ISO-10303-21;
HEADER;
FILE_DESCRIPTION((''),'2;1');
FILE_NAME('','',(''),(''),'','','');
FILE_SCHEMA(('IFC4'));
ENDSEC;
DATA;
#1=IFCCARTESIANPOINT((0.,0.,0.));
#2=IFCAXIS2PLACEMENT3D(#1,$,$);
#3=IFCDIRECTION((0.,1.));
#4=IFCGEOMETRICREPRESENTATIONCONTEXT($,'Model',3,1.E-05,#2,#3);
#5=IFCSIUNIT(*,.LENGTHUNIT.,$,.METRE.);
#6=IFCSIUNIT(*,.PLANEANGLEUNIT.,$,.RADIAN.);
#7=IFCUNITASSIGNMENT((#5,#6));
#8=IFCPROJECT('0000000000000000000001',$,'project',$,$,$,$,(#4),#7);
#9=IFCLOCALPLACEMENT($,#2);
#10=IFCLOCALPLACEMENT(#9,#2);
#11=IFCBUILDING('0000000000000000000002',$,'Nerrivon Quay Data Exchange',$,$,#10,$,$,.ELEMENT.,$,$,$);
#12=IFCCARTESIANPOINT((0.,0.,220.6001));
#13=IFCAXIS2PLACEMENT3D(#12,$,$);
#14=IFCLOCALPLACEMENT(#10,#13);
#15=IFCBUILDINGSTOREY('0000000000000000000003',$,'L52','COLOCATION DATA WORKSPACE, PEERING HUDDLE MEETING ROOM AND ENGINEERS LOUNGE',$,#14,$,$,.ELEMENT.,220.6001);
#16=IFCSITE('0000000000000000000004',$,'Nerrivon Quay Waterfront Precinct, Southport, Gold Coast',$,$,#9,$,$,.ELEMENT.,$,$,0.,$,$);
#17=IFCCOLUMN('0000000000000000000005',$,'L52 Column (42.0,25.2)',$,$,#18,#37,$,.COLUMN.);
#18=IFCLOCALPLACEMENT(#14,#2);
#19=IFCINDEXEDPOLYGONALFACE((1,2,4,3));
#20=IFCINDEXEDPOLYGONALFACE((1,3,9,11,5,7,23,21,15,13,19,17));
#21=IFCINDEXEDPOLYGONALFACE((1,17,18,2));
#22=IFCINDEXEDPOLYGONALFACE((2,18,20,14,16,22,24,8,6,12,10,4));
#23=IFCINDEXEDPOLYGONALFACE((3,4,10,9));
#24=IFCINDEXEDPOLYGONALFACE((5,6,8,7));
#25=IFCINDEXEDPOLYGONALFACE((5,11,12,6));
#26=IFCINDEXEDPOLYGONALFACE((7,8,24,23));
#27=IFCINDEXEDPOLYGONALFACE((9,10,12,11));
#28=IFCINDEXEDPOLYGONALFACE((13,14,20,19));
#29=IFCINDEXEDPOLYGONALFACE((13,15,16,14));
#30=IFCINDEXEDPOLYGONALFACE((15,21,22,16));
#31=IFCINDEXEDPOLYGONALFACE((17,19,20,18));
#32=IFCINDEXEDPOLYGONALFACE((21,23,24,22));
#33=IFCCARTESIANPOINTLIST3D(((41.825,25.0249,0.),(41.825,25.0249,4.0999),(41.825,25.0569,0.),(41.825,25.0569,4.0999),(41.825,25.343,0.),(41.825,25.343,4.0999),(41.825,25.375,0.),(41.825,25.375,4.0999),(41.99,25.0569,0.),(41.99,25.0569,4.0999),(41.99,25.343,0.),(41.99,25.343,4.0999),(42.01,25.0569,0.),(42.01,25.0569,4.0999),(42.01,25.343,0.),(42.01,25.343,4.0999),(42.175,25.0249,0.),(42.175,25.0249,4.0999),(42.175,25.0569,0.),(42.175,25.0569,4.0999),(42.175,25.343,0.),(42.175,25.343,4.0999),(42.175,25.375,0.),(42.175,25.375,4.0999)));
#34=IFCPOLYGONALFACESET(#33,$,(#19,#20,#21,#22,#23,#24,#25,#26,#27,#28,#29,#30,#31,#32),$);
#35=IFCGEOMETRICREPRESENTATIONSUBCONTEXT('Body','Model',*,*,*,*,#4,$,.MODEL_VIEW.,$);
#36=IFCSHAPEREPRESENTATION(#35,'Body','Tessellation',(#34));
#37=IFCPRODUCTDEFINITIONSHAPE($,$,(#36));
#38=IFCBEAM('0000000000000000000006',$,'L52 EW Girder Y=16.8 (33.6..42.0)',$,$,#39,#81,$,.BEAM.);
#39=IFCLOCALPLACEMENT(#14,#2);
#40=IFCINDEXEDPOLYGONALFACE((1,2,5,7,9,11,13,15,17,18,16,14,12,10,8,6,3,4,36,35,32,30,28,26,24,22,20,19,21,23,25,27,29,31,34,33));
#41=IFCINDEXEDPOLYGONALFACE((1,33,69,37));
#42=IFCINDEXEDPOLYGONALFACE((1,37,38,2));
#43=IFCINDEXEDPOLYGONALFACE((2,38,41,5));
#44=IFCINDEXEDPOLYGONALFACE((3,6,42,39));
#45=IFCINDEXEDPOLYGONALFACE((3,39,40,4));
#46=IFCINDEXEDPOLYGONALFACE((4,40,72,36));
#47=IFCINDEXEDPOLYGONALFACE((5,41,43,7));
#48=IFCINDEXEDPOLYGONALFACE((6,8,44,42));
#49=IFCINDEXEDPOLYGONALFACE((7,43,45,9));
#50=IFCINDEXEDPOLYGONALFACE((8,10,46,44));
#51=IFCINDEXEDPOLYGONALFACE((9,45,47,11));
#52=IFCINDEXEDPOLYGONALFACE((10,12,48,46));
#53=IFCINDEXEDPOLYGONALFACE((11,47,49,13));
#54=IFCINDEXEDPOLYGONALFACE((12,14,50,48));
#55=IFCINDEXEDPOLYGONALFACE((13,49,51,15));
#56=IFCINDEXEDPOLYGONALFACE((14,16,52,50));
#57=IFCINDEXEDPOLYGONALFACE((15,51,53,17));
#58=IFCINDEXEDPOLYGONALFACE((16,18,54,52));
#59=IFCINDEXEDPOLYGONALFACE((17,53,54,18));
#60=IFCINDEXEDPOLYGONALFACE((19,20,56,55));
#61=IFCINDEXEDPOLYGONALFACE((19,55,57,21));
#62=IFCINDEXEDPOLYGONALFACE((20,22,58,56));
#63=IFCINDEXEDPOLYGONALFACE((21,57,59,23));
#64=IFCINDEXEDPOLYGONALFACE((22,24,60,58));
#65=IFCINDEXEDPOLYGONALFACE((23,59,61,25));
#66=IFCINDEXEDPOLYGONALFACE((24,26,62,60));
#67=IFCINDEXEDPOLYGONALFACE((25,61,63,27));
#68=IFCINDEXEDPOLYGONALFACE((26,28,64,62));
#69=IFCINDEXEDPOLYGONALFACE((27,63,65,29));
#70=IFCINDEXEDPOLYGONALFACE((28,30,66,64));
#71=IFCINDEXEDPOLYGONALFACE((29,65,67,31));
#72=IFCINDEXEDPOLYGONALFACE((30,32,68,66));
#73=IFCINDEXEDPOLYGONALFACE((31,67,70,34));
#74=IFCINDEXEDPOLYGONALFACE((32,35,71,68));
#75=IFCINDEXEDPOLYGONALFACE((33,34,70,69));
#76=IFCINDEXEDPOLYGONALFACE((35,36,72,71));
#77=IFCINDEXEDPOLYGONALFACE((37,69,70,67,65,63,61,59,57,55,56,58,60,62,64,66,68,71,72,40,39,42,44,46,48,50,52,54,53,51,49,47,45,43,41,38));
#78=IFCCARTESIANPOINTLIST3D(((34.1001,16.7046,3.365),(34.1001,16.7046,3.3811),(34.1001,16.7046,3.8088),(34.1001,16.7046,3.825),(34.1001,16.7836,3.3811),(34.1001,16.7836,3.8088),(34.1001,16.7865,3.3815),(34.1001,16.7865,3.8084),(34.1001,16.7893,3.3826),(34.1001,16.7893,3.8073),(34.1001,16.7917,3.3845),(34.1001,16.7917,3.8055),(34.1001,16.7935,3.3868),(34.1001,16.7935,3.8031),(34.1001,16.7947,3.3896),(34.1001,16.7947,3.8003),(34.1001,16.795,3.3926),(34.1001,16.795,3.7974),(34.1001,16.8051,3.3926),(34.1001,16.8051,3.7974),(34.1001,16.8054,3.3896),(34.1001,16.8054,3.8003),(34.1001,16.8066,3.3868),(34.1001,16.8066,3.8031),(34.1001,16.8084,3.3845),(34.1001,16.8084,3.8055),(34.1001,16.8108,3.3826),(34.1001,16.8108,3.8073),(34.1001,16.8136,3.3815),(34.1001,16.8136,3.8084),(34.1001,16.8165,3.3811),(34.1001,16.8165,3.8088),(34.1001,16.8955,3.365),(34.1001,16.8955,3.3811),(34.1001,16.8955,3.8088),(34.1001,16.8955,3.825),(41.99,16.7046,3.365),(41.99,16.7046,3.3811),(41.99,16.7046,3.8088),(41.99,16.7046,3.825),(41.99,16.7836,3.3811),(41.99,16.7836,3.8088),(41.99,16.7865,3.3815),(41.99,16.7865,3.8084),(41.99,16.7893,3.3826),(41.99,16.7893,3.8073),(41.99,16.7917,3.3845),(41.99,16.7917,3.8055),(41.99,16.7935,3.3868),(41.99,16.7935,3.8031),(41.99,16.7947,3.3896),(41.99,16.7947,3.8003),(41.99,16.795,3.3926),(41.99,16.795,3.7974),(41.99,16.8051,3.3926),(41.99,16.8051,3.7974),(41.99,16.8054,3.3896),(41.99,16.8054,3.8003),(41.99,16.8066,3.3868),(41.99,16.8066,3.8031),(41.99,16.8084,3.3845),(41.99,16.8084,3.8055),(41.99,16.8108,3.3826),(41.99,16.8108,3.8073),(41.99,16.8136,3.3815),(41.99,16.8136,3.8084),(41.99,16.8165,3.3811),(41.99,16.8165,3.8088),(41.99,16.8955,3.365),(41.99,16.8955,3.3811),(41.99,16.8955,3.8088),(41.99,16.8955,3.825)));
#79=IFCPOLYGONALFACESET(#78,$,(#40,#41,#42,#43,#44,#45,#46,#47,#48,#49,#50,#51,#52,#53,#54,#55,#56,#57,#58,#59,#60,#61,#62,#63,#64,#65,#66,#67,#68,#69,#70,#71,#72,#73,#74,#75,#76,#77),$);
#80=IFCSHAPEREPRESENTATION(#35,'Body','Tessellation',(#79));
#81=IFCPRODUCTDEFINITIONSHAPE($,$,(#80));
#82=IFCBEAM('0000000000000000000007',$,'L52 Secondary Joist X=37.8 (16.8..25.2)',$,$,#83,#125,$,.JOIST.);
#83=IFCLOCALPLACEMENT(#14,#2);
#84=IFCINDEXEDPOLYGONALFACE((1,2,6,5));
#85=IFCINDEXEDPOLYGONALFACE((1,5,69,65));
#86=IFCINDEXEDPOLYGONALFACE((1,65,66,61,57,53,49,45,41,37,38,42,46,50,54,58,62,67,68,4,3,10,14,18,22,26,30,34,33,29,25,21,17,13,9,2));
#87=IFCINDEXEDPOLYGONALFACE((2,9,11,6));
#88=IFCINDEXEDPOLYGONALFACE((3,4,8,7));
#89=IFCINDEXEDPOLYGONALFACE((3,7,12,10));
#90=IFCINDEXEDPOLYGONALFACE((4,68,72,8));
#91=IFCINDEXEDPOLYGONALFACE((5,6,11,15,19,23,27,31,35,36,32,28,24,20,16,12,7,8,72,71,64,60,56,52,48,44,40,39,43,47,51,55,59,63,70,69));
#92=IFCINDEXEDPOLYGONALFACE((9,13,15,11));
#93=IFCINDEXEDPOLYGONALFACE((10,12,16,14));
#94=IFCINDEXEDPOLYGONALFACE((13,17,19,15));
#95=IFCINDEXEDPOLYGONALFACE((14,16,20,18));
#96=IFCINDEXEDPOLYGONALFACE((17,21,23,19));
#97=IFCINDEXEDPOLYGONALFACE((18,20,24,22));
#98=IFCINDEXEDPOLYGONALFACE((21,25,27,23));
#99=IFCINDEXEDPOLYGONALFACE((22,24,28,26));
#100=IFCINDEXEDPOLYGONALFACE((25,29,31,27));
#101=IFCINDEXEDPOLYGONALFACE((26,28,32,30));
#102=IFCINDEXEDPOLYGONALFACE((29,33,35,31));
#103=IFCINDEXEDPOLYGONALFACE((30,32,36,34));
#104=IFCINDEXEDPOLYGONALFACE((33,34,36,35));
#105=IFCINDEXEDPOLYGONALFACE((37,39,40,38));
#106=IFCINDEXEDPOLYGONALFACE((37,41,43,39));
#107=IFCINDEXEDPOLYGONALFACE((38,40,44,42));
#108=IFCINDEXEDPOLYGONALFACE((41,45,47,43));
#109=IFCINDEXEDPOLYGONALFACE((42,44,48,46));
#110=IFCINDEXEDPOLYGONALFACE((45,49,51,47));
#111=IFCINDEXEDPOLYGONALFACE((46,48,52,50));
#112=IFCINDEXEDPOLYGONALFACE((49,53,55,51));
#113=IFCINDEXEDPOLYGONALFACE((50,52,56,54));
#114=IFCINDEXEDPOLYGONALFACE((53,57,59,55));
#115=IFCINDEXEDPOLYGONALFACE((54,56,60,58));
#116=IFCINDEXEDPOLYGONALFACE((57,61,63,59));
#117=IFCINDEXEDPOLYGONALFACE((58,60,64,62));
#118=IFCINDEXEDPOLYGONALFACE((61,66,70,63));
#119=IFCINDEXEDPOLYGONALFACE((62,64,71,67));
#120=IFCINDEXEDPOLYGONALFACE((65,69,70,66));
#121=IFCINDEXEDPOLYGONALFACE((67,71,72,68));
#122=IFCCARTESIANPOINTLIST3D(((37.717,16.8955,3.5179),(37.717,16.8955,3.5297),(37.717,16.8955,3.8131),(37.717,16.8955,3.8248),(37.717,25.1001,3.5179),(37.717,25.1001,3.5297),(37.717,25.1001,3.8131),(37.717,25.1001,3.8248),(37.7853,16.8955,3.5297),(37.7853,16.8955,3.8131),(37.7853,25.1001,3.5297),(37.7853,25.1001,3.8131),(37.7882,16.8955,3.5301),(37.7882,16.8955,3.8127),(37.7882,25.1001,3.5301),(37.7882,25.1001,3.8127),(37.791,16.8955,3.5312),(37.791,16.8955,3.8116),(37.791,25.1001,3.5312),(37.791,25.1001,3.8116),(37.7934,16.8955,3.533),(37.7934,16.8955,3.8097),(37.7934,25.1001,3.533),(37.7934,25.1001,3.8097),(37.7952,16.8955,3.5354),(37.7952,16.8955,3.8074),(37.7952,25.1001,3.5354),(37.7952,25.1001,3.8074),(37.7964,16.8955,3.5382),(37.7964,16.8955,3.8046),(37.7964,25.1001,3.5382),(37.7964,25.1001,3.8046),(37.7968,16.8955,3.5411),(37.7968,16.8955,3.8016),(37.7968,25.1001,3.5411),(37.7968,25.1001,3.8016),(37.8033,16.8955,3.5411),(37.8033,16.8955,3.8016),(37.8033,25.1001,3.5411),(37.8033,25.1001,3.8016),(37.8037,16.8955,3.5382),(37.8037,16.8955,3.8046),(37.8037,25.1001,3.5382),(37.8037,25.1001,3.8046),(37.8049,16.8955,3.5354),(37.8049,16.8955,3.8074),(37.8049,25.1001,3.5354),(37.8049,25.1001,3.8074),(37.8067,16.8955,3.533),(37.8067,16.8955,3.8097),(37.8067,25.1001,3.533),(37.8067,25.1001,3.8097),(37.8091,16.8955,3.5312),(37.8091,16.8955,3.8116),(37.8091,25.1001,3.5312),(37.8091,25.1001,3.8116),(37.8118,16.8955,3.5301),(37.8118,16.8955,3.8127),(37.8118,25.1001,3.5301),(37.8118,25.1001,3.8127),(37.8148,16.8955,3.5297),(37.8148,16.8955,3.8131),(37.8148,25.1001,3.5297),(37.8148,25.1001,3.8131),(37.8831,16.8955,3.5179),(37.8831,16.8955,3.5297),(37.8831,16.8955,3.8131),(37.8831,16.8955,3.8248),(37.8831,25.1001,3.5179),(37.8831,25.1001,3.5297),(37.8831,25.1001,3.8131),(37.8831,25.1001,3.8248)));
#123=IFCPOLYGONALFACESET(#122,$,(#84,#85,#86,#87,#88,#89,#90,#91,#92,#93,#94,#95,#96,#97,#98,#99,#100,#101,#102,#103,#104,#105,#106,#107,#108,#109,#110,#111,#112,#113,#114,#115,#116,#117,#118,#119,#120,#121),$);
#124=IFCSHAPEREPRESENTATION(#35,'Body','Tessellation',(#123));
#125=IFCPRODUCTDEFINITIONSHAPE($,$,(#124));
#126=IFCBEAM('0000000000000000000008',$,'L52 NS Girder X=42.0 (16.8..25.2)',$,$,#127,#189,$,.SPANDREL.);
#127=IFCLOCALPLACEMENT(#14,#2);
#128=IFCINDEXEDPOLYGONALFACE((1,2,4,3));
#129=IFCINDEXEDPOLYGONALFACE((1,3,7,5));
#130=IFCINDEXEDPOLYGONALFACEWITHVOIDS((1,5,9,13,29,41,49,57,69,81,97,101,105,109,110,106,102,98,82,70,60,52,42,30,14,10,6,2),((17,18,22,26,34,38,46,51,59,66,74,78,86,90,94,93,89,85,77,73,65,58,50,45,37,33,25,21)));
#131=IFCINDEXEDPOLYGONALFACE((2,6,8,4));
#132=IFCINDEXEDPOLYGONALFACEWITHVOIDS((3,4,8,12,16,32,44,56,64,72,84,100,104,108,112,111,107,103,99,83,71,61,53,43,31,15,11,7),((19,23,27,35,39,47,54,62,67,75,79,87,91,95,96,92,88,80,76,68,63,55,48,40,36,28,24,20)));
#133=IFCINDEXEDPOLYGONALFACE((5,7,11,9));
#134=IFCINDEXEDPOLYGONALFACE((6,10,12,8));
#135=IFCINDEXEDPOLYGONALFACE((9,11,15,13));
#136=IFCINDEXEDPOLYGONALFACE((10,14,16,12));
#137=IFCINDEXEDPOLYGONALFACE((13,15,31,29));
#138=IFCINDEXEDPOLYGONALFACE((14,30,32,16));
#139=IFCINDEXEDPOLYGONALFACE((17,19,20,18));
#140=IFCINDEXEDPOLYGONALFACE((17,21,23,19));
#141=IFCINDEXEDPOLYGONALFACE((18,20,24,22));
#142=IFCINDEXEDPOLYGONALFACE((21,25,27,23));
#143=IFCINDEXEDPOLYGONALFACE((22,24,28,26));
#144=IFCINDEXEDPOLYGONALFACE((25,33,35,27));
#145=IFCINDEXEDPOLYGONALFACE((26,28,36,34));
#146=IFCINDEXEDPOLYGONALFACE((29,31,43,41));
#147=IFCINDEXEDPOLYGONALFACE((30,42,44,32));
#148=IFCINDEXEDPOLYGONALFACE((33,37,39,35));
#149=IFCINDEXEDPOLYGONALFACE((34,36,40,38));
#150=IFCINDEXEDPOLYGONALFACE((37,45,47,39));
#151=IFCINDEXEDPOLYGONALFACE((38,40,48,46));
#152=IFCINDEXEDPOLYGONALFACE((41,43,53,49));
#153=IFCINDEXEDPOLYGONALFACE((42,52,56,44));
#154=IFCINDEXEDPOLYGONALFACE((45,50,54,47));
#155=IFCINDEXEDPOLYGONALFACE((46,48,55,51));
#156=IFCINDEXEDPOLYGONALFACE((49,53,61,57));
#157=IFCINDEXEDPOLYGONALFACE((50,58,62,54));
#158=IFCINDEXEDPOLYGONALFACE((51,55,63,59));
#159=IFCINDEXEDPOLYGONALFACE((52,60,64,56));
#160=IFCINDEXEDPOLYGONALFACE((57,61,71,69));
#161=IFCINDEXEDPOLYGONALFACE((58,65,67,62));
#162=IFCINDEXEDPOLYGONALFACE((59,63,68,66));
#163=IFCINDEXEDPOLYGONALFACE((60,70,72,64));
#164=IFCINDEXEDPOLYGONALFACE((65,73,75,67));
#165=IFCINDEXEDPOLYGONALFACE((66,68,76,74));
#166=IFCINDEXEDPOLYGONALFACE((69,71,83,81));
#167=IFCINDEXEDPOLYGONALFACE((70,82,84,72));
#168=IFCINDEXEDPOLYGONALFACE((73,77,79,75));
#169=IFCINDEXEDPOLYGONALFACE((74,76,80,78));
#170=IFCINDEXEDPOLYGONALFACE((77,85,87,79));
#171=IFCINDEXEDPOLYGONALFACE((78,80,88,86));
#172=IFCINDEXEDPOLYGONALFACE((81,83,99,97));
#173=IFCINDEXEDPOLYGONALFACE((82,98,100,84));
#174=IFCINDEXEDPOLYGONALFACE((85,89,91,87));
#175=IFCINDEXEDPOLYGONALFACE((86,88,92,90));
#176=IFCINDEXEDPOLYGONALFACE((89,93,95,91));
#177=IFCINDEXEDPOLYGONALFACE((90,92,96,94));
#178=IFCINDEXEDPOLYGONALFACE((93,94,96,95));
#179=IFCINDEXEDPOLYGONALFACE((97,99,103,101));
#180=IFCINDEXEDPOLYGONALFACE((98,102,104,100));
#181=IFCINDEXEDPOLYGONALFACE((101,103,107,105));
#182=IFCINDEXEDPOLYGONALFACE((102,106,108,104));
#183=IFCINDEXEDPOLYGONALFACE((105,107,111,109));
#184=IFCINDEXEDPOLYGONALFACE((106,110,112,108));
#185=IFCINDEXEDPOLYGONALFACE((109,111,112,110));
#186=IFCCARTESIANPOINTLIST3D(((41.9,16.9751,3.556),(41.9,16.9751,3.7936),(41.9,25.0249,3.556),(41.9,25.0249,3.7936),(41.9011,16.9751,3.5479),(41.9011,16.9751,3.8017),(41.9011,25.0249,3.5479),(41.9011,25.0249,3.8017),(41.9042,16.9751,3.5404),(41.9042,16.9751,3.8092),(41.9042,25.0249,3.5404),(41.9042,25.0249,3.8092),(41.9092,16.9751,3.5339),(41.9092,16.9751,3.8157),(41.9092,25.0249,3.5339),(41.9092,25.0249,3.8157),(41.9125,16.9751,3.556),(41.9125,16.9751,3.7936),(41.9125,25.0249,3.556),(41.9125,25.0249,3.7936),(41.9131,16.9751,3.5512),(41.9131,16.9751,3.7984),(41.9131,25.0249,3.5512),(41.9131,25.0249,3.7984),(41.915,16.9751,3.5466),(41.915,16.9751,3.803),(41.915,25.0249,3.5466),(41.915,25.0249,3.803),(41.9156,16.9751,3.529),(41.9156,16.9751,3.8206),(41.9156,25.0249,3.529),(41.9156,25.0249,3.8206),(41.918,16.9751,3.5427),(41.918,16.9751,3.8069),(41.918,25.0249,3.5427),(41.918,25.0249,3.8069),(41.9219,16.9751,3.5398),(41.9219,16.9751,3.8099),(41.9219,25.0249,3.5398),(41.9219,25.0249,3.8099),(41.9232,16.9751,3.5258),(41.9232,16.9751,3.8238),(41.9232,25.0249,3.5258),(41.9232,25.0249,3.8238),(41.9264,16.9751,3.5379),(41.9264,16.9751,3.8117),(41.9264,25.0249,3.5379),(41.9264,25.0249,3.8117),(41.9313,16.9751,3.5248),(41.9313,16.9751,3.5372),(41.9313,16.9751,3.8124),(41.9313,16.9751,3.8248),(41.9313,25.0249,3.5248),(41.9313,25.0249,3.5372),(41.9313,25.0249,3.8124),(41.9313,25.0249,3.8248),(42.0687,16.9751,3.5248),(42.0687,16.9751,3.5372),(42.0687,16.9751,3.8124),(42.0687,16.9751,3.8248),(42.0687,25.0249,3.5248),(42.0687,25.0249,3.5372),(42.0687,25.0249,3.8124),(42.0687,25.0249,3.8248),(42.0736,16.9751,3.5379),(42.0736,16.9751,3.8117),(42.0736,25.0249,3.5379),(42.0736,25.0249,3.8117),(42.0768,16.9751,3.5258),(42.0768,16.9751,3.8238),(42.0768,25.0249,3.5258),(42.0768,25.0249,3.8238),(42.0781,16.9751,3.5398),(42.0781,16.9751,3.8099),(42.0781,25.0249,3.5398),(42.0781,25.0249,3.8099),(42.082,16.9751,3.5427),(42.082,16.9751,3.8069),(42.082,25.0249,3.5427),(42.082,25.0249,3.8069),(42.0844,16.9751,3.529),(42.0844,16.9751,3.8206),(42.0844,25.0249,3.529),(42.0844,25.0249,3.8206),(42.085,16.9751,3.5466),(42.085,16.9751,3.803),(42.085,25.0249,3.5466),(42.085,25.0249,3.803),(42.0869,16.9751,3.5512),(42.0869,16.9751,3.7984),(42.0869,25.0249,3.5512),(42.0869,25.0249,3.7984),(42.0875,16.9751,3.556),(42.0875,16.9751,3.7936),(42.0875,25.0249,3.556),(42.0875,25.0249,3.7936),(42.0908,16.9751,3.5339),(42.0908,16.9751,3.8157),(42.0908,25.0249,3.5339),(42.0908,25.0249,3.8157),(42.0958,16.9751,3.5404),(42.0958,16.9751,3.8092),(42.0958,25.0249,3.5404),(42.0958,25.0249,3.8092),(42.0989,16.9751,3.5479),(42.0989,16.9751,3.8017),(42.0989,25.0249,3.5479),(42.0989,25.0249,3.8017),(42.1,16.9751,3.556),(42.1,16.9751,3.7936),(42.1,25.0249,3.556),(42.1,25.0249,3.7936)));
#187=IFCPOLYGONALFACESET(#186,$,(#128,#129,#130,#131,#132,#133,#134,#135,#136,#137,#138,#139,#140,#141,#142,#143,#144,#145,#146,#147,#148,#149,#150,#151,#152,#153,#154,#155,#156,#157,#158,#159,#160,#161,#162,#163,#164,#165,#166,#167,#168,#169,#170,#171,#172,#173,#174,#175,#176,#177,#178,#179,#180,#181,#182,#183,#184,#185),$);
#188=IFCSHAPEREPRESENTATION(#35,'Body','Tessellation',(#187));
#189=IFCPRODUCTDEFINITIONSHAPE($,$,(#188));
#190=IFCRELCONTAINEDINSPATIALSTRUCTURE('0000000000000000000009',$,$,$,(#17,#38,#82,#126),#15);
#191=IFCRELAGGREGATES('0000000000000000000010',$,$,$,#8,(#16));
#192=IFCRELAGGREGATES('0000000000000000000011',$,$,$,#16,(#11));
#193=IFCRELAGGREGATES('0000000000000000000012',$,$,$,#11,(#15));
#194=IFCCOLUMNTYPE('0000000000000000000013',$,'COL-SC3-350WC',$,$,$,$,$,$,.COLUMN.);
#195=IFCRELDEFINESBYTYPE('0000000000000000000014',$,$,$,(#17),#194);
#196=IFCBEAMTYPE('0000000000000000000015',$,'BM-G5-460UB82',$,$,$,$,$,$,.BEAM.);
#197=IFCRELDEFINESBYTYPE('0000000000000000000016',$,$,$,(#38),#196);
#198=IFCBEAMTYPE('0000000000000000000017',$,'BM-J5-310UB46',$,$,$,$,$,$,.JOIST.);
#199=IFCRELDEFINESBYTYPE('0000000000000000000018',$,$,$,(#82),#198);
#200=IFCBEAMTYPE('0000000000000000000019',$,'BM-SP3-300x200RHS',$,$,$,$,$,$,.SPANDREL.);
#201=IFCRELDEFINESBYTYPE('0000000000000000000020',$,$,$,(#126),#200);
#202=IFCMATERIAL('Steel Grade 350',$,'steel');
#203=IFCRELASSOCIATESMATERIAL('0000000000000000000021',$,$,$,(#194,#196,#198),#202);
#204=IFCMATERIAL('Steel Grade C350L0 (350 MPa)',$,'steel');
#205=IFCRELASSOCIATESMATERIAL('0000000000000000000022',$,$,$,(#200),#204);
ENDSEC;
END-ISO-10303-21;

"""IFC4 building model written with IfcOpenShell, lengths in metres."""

from ifc_helpers import new_model, si_unit, direction, frame, origin, origin_2d, place, context, subcontext, project, spatial, hollow_rectangle, i_section, extrude, material, material_profile, profile_set, type_object, element, save


model = new_model("IFC4")

# Units and contexts
model_context = context("Model", 3, precision=1e-05, world=origin(), true_north=direction((0.0, 1.0)))
body_context = subcontext(model_context, "Body", "Model", "MODEL_VIEW")
ifc_project = project(units=[si_unit("LENGTHUNIT", "METRE"), si_unit("PLANEANGLEUNIT", "RADIAN")], contexts=[model_context])

# Site, building, storey
site_placement = place(None, origin())
site = spatial("IfcSite", under=ifc_project, at=site_placement, Name="Nerrivon Quay Waterfront Precinct, Southport, Gold Coast", CompositionType="ELEMENT", RefElevation=0.0)
building_placement = place(site_placement, origin())
building = spatial("IfcBuilding", under=site, at=building_placement, Name="Nerrivon Quay Data Exchange", CompositionType="ELEMENT")
storey_placement = place(building_placement, frame((0.0, 0.0, 220.6001)))
storey = spatial("IfcBuildingStorey", under=building, at=storey_placement, Name="L52", Description="COLOCATION DATA WORKSPACE, PEERING HUDDLE MEETING ROOM AND ENGINEERS LOUNGE", CompositionType="ELEMENT", Elevation=220.6001)

# Column
ifc_material_1 = material(Name="Steel Grade 350", Category="steel")
ifc_material_profile_1 = material_profile(ifc_material_1, i_section(OverallWidth=0.3501, OverallDepth=0.3501, WebThickness=0.02, FlangeThickness=0.032, at=origin_2d()), Name="350WC230")
ifc_profile_set_1 = profile_set([ifc_material_profile_1], Name="Steel Grade 350")
column_type = type_object("IfcColumnType", Name="COL-SC3-350WC", PredefinedType="COLUMN", material=ifc_profile_set_1)
column_placement = place(storey_placement, frame((42.0, 25.2, 0.0), z_axis=(0.0, 0.0, 1.0), x_axis=(1.0, 0.0, 0.0)))
element("IfcColumn", 1, at=column_placement, inside=storey, type_object=column_type, Name="L52 Column (42.0,25.2)", PredefinedType="COLUMN", context=body_context, shape_type="SweptSolid", body=[
    extrude(i_section(OverallWidth=0.3501, OverallDepth=0.3501, WebThickness=0.02, FlangeThickness=0.032, at=origin_2d()), origin(), (0.0, 0.0, 1.0), 4.0999),
])

# Beams
ifc_material_profile_2 = material_profile(ifc_material_1, i_section(OverallWidth=0.1909, OverallDepth=0.46, WebThickness=0.01, FlangeThickness=0.0161, FilletRadius=0.0115, at=origin_2d()), Name="460UB82.1")
ifc_profile_set_2 = profile_set([ifc_material_profile_2], Name="Steel Grade 350")
beam_type_1 = type_object("IfcBeamType", Name="BM-G5-460UB82", PredefinedType="BEAM", material=ifc_profile_set_2)
beam_1_placement = place(storey_placement, frame((34.1001, 16.8, 3.595), z_axis=(1.0, 0.0, 0.0), x_axis=(0.0, 1.0, 0.0)))
element("IfcBeam", 2, at=beam_1_placement, inside=storey, type_object=beam_type_1, Name="L52 EW Girder Y=16.8 (33.6..42.0)", PredefinedType="BEAM", context=body_context, shape_type="SweptSolid", body=[
    extrude(i_section(OverallWidth=0.1909, OverallDepth=0.46, WebThickness=0.01, FlangeThickness=0.0161, FilletRadius=0.0115, at=origin_2d()), origin(), (0.0, 0.0, 1.0), 7.8899),
])
ifc_material_profile_3 = material_profile(ifc_material_1, i_section(OverallWidth=0.166, OverallDepth=0.3069, WebThickness=0.0066, FlangeThickness=0.0117, FilletRadius=0.0115, at=origin_2d()), Name="310UB46.2")
ifc_profile_set_3 = profile_set([ifc_material_profile_3], Name="Steel Grade 350")
beam_type_2 = type_object("IfcBeamType", Name="BM-J5-310UB46", PredefinedType="JOIST", material=ifc_profile_set_3)
beam_2_placement = place(storey_placement, frame((37.8, 16.8955, 3.6714), z_axis=(0.0, 1.0, 0.0), x_axis=(-1.0, 0.0, 0.0)))
element("IfcBeam", 3, at=beam_2_placement, inside=storey, type_object=beam_type_2, Name="L52 Secondary Joist X=37.8 (16.8..25.2)", PredefinedType="JOIST", context=body_context, shape_type="SweptSolid", body=[
    extrude(i_section(OverallWidth=0.166, OverallDepth=0.3069, WebThickness=0.0066, FlangeThickness=0.0117, FilletRadius=0.0115, at=origin_2d()), origin(), (0.0, 0.0, 1.0), 8.2046),
])
ifc_material_2 = material(Name="Steel Grade C350L0 (350 MPa)", Category="steel")
ifc_material_profile_4 = material_profile(ifc_material_2, hollow_rectangle(XDim=0.2, YDim=0.3, WallThickness=0.0125, InnerFilletRadius=0.0188, OuterFilletRadius=0.0312, at=origin_2d()), Name="300x200x12.5RHS")
ifc_profile_set_4 = profile_set([ifc_material_profile_4], Name="Steel Grade C350L0 (350 MPa)")
beam_type_3 = type_object("IfcBeamType", Name="BM-SP3-300x200RHS", PredefinedType="SPANDREL", material=ifc_profile_set_4)
beam_3_placement = place(storey_placement, frame((42.0, 16.9751, 3.6748), z_axis=(0.0, 1.0, 0.0), x_axis=(-1.0, 0.0, 0.0)))
element("IfcBeam", 4, at=beam_3_placement, inside=storey, type_object=beam_type_3, Name="L52 NS Girder X=42.0 (16.8..25.2)", PredefinedType="SPANDREL", context=body_context, shape_type="SweptSolid", body=[
    extrude(hollow_rectangle(XDim=0.2, YDim=0.3, WallThickness=0.0125, InnerFilletRadius=0.0188, OuterFilletRadius=0.0312, at=origin_2d()), origin(), (0.0, 0.0, 1.0), 8.0498),
])

save(model, "model.ifc")
